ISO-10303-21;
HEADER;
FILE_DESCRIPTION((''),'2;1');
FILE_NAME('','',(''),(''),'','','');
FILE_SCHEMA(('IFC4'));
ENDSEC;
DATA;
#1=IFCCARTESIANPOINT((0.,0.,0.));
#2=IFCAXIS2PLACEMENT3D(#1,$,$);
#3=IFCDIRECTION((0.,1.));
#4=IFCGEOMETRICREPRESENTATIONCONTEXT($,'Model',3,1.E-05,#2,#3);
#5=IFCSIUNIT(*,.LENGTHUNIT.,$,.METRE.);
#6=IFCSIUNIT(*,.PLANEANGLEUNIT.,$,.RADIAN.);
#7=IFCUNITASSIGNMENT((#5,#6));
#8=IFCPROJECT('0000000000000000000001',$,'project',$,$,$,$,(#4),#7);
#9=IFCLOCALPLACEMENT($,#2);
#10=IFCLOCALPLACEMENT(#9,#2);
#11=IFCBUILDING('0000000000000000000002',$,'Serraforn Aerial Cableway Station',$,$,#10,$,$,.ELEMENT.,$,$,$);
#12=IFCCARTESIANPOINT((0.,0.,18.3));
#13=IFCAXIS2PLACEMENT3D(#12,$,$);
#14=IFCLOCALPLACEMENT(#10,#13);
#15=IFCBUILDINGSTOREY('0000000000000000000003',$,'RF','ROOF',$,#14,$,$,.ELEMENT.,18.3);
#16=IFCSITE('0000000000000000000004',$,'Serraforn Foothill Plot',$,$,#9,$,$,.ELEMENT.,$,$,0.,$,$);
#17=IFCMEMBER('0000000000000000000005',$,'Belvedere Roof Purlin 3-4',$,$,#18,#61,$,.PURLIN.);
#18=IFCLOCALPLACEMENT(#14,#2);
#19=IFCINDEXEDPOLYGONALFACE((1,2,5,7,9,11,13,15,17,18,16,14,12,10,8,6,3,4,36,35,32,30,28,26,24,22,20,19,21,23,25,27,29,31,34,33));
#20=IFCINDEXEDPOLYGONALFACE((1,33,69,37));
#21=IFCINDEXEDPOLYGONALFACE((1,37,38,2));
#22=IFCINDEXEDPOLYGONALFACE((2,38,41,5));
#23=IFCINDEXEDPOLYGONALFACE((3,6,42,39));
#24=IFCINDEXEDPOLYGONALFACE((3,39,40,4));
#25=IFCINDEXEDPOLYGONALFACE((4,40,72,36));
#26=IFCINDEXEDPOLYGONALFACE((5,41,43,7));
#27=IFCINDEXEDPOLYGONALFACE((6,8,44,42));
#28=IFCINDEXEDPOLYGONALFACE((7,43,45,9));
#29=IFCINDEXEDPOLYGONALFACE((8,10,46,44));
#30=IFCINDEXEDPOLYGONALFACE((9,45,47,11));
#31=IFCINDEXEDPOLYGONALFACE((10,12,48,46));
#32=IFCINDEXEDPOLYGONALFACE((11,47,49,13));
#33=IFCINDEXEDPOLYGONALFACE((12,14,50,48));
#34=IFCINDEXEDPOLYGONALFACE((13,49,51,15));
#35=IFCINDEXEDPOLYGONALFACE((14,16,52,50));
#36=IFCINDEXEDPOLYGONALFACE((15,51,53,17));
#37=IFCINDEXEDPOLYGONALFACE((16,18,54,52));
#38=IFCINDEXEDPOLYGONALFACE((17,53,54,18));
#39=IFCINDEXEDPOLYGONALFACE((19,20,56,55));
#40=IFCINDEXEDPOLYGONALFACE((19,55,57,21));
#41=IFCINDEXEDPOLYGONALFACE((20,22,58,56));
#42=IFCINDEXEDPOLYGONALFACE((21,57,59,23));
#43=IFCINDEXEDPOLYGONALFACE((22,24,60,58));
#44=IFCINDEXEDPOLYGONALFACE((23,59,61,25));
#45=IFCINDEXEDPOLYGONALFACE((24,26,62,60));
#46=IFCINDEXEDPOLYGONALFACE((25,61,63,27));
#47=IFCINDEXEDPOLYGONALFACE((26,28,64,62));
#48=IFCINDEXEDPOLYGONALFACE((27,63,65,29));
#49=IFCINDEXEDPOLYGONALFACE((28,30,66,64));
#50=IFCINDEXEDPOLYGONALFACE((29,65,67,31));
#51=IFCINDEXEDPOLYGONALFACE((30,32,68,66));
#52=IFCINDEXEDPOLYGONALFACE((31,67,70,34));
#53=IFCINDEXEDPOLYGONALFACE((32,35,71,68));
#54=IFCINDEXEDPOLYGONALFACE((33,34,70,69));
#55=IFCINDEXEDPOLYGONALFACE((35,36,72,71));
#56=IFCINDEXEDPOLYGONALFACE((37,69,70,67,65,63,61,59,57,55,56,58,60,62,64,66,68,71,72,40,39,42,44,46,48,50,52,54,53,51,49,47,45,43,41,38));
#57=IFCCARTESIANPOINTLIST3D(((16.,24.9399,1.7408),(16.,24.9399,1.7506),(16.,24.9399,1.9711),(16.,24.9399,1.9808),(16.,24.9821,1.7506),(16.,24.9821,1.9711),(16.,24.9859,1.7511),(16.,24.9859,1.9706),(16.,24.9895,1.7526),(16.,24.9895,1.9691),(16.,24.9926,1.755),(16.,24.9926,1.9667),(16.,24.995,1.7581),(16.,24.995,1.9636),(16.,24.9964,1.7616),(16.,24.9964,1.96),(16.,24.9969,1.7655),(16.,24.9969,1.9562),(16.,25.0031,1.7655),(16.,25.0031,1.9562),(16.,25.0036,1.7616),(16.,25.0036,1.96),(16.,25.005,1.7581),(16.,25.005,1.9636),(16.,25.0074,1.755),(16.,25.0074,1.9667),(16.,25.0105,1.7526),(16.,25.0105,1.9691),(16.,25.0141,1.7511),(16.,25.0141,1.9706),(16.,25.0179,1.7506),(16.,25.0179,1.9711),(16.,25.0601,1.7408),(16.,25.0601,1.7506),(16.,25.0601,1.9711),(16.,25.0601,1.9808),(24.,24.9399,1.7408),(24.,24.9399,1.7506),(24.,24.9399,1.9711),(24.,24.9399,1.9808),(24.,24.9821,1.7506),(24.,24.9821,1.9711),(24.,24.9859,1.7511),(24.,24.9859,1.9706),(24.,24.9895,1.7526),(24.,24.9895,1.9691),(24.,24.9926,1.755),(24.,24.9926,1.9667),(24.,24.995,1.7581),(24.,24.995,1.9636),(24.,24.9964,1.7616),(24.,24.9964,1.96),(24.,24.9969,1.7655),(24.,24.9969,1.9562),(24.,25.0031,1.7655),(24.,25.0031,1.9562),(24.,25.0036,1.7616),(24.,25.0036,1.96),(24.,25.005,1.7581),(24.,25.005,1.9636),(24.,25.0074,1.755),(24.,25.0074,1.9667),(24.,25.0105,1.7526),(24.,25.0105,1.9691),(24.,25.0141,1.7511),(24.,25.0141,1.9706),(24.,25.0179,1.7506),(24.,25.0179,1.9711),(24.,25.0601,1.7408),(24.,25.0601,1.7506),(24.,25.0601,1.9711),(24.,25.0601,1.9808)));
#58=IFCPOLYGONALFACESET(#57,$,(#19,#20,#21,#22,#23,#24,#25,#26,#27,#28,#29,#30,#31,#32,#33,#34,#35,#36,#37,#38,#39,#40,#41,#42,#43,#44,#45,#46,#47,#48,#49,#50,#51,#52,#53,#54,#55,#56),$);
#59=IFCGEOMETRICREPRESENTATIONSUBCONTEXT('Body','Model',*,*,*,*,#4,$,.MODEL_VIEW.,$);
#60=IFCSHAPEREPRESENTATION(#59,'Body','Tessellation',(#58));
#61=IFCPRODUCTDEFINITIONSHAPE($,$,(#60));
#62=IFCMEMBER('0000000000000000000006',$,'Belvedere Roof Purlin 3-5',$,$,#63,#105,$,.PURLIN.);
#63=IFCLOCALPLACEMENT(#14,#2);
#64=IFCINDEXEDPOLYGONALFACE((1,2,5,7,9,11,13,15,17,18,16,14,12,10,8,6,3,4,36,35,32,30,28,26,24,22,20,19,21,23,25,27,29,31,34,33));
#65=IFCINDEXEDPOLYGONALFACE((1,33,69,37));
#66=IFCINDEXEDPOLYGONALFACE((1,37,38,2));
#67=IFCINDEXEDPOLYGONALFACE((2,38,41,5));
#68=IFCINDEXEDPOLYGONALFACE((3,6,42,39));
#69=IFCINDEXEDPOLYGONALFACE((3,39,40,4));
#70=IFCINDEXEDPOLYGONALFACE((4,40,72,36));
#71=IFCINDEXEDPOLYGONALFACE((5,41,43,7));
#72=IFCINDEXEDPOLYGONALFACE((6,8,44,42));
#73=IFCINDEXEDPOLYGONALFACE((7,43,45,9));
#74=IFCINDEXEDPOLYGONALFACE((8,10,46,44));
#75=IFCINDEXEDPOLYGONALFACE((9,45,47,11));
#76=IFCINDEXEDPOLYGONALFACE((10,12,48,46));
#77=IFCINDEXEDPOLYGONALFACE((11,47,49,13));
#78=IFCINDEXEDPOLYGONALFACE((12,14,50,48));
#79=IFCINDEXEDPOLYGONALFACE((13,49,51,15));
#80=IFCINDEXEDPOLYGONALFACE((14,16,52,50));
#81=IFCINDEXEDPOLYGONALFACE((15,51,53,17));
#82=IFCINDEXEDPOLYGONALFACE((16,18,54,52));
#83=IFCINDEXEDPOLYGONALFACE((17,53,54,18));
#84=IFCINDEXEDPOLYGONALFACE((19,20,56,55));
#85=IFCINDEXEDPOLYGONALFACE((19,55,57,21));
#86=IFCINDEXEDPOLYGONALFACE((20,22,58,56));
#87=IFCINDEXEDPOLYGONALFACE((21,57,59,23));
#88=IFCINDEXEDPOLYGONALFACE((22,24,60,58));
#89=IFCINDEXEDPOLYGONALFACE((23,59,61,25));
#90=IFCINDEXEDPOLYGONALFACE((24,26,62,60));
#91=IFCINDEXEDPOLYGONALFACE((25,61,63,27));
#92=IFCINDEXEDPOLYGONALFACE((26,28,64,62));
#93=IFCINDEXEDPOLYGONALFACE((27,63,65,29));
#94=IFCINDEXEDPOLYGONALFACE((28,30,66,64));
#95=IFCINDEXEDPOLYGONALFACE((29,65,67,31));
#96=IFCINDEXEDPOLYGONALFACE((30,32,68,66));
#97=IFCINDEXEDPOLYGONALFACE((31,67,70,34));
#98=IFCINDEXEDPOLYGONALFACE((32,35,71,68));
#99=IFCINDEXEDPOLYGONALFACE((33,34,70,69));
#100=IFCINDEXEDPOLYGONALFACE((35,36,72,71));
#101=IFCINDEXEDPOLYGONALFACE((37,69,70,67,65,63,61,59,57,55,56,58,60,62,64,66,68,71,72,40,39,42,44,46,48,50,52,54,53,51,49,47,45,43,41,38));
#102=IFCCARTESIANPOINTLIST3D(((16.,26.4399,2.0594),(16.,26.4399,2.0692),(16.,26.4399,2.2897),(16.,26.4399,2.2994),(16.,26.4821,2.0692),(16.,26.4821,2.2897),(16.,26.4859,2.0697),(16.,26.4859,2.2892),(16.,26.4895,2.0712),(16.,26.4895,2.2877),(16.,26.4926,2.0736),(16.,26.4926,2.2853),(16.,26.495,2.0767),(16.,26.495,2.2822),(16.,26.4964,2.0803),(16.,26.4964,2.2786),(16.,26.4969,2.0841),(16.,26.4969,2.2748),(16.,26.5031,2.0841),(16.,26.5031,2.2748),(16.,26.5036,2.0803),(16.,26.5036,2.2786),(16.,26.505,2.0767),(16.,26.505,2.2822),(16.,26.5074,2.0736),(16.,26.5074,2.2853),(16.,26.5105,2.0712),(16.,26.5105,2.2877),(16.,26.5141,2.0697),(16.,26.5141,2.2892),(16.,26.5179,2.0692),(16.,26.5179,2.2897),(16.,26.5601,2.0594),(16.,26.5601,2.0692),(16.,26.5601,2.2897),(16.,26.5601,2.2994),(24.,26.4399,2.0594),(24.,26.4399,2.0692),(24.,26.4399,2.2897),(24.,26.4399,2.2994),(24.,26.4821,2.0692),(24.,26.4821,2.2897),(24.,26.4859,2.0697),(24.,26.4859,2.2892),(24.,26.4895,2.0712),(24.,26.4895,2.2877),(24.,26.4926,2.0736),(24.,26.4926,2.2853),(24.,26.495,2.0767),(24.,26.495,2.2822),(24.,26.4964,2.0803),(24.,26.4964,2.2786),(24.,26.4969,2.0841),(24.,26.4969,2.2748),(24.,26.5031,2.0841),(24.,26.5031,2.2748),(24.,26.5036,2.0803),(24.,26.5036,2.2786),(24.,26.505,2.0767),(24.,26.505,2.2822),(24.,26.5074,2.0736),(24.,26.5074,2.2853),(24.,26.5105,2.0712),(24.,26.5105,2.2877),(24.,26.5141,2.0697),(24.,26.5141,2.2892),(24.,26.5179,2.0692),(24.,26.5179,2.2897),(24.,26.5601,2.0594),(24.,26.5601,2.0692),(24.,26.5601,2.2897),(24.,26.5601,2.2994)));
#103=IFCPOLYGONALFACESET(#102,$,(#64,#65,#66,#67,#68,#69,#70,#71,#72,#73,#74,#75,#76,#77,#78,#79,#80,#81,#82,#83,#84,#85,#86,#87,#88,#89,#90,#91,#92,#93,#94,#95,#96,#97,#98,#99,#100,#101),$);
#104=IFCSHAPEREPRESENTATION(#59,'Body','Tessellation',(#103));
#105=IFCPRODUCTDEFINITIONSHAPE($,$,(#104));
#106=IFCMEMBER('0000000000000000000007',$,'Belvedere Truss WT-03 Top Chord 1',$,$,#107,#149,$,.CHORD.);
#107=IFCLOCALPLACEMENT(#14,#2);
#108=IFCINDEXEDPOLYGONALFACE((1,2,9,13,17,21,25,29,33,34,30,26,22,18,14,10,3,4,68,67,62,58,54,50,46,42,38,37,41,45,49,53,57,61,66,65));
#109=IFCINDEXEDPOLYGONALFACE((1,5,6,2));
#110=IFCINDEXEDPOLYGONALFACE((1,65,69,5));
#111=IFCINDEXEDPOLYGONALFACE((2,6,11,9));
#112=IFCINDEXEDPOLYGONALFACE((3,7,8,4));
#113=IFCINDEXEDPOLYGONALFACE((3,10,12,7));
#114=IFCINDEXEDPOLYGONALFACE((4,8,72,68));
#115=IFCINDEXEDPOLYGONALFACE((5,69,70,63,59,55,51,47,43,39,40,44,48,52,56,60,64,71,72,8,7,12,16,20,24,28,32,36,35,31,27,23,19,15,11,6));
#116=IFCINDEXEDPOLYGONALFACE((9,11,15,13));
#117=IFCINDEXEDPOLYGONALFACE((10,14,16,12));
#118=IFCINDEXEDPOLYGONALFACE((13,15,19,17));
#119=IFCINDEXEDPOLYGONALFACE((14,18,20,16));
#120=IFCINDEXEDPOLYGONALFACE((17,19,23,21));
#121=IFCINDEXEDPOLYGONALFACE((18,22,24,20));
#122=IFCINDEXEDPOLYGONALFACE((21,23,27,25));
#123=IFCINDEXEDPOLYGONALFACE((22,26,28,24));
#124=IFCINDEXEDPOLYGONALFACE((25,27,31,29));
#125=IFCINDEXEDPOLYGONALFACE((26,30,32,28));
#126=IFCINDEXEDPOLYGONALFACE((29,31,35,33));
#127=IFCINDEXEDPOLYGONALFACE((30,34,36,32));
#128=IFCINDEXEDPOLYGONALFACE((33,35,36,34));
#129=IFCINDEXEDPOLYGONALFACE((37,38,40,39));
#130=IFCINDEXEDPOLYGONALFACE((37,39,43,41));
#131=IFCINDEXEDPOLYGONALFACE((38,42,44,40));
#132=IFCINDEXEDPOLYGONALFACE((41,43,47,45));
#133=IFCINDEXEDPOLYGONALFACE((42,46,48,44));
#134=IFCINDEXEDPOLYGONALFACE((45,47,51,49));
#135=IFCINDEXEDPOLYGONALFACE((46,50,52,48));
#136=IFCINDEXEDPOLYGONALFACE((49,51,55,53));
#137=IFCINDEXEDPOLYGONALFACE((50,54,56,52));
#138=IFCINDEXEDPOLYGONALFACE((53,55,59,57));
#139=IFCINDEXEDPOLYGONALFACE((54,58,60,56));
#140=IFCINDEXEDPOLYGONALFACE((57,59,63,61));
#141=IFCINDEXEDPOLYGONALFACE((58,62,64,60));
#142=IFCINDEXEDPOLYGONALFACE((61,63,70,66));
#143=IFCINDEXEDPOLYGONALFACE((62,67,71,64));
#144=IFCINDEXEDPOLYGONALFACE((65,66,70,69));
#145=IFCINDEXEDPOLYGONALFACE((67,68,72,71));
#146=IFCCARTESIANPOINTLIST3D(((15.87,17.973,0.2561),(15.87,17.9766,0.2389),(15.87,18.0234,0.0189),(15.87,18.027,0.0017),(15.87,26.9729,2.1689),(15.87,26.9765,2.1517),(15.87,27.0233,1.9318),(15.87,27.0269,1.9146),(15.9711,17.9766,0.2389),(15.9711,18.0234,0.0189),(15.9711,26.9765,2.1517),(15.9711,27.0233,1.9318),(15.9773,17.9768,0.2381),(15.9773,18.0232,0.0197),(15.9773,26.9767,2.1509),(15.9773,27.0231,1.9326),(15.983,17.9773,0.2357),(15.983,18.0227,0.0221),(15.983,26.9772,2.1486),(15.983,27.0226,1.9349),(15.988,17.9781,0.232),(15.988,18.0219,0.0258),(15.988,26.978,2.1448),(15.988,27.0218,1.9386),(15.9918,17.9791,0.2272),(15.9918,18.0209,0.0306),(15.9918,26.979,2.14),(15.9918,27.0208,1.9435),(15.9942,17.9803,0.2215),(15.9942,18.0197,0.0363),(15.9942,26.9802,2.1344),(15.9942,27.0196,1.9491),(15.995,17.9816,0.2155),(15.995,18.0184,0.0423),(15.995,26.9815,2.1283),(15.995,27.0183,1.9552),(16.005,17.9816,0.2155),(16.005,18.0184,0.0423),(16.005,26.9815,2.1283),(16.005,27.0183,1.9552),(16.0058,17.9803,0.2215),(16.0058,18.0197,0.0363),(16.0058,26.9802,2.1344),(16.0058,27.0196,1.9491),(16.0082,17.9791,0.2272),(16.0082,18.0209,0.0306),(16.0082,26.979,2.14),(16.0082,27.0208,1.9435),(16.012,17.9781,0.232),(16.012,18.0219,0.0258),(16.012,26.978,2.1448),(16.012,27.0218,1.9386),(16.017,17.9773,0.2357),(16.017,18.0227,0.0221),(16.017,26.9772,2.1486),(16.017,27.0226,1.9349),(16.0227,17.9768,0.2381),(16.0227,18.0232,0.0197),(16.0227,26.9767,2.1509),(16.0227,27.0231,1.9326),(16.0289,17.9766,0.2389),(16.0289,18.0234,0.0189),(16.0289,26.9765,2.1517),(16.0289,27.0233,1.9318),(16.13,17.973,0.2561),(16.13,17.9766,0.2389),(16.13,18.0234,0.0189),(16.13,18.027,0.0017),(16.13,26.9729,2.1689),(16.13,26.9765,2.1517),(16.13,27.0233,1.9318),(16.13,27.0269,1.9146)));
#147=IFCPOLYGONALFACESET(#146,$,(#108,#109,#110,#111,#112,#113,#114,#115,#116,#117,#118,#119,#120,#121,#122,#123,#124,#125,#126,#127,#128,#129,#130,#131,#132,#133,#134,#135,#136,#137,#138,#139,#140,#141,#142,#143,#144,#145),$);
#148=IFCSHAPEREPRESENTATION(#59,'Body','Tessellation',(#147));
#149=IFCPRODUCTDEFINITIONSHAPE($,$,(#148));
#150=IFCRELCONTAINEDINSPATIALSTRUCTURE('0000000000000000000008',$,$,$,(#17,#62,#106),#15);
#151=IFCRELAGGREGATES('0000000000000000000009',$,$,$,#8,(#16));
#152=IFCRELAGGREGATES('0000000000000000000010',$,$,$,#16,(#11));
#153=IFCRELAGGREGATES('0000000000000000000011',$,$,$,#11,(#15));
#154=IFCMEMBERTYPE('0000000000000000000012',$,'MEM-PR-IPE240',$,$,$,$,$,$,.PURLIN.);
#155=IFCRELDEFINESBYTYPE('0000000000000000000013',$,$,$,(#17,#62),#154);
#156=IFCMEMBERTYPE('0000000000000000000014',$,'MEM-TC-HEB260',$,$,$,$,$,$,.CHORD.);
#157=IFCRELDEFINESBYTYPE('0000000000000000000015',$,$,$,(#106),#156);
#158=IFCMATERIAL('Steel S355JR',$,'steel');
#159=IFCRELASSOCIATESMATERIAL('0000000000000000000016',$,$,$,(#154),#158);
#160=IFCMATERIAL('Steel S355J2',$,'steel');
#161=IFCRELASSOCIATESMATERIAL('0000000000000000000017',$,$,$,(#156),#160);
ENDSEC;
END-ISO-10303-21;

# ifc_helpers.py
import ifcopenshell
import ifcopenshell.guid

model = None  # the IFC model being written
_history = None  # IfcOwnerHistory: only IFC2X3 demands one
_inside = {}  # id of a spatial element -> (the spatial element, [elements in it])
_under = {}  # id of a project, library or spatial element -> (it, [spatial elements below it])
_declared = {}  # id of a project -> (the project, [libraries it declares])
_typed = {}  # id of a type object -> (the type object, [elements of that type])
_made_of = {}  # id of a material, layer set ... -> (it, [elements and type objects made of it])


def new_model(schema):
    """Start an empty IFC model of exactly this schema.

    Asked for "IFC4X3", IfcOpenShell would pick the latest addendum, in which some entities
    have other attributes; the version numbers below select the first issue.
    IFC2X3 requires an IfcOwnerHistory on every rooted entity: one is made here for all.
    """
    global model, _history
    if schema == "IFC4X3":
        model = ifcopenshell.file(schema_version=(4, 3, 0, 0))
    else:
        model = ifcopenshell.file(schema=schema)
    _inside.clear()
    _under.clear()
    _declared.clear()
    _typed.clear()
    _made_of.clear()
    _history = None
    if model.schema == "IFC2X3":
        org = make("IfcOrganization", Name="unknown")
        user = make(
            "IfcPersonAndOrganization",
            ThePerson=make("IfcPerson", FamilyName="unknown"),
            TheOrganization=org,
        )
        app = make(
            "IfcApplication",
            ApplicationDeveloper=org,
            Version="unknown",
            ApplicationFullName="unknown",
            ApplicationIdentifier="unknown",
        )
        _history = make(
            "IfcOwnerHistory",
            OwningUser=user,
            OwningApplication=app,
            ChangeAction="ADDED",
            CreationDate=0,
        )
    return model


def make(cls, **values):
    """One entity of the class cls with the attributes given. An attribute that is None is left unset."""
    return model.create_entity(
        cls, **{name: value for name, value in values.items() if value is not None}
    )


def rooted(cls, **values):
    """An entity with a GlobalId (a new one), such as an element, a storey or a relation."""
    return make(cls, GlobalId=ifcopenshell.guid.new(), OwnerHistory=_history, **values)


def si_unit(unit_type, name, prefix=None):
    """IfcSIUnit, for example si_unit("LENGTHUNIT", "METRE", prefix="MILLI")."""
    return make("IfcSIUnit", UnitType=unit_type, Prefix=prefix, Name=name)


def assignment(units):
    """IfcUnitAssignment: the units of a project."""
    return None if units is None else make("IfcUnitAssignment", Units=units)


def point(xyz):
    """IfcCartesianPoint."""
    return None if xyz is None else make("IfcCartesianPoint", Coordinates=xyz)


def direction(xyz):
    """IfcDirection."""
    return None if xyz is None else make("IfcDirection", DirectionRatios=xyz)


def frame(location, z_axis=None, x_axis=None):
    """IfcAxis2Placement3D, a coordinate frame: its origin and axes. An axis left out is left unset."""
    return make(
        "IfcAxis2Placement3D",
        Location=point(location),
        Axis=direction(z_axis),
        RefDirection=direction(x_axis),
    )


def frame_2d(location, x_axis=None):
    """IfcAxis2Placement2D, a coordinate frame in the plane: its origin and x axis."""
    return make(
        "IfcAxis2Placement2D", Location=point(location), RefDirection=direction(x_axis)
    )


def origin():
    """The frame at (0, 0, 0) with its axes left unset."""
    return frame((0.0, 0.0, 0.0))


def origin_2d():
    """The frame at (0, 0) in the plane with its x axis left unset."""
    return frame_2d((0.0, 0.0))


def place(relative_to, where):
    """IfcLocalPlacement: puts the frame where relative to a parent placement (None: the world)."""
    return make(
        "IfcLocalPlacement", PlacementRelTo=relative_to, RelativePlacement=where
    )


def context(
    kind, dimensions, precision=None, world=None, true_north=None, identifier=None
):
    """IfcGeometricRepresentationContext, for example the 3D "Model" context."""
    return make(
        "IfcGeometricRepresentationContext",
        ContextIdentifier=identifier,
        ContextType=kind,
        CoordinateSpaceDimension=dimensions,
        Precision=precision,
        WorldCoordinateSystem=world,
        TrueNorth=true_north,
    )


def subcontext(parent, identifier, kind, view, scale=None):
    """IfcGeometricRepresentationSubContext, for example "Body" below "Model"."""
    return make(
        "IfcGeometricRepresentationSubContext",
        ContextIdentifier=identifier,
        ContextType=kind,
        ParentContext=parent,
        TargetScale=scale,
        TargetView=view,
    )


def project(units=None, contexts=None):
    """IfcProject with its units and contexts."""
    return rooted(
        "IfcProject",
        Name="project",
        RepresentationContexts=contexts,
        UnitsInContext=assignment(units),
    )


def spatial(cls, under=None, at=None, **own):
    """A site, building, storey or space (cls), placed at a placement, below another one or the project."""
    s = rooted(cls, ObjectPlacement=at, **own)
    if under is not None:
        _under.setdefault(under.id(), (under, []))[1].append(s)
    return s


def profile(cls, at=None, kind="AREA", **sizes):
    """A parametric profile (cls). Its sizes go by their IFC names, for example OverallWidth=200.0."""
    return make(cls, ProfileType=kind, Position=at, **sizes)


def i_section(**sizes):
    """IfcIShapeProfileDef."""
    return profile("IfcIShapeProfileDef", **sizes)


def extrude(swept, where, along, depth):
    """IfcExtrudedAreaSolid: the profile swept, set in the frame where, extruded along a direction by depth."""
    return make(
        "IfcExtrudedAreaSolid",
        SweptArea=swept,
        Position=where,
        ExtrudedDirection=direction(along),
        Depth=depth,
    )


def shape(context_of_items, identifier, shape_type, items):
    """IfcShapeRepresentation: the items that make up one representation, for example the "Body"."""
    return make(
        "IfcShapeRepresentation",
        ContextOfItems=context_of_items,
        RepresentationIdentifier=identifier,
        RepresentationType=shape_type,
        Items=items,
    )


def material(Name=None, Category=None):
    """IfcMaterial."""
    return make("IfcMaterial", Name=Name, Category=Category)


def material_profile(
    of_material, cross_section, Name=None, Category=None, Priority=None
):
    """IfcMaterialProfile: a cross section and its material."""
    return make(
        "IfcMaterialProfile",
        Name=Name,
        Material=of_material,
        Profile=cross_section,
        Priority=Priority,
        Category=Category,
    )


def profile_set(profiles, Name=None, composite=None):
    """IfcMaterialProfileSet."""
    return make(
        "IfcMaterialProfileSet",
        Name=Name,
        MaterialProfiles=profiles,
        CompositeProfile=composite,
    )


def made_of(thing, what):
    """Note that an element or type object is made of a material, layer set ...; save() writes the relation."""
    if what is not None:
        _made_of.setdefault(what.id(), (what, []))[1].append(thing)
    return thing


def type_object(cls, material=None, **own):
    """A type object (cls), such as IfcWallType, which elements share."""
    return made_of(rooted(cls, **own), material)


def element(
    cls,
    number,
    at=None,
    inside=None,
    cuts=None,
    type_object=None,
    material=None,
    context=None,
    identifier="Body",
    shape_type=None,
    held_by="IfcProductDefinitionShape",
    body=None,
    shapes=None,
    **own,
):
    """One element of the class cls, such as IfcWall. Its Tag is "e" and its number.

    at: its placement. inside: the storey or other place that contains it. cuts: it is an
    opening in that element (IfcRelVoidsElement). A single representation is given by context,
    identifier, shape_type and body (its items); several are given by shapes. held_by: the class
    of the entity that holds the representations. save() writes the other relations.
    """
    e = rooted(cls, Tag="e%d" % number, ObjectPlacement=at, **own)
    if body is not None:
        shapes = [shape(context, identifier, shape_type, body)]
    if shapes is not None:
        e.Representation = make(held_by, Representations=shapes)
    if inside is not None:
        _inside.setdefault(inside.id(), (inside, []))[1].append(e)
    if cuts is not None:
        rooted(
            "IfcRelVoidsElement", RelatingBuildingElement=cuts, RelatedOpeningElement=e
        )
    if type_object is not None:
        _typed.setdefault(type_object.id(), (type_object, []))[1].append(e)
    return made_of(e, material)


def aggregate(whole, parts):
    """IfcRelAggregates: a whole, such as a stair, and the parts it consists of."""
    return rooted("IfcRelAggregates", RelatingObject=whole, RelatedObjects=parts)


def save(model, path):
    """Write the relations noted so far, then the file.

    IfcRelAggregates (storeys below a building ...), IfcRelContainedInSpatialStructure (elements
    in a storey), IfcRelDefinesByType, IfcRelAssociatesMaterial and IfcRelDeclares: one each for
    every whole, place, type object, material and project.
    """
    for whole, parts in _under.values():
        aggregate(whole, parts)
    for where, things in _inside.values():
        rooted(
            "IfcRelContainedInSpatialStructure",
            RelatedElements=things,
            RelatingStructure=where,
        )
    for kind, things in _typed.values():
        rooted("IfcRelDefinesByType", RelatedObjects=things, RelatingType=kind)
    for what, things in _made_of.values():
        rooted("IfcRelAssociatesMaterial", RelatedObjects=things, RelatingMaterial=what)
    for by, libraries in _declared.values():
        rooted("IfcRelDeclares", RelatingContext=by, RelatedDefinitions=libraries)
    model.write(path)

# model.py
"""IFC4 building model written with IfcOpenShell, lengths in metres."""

from ifc_helpers import new_model, si_unit, direction, frame, origin, origin_2d, place, context, subcontext, project, spatial, i_section, extrude, material, material_profile, profile_set, type_object, element, save


model = new_model("IFC4")

# Units and contexts
model_context = context("Model", 3, precision=1e-05, world=origin(), true_north=direction((0.0, 1.0)))
body_context = subcontext(model_context, "Body", "Model", "MODEL_VIEW")
ifc_project = project(units=[si_unit("LENGTHUNIT", "METRE"), si_unit("PLANEANGLEUNIT", "RADIAN")], contexts=[model_context])

# Site, building, storey
site_placement = place(None, origin())
site = spatial("IfcSite", under=ifc_project, at=site_placement, Name="Serraforn Foothill Plot", CompositionType="ELEMENT", RefElevation=0.0)
building_placement = place(site_placement, origin())
building = spatial("IfcBuilding", under=site, at=building_placement, Name="Serraforn Aerial Cableway Station", CompositionType="ELEMENT")
storey_placement = place(building_placement, frame((0.0, 0.0, 18.3)))
storey = spatial("IfcBuildingStorey", under=building, at=storey_placement, Name="RF", Description="ROOF", CompositionType="ELEMENT", Elevation=18.3)

# Shared definitions
ifc_material_1 = material(Name="Steel S355JR", Category="steel")

# Members
ifc_material_2 = material(Name="Steel S355J2", Category="steel")
ifc_material_profile_1 = material_profile(ifc_material_1, i_section(OverallWidth=0.1201, OverallDepth=0.24, WebThickness=0.0061, FlangeThickness=0.0098, FilletRadius=0.0149, at=origin_2d()), Name="IPE 240")
ifc_profile_set_1 = profile_set([ifc_material_profile_1], Name="Steel S355JR")
member_type_1 = type_object("IfcMemberType", Name="MEM-PR-IPE240", PredefinedType="PURLIN", material=ifc_profile_set_1)
for number, where, z_axis, x_axis, name in (
    (1, (16.0, 25.0, 1.8608), (1.0, 0.0, 0.0), (0.0, 1.0, 0.0), "Belvedere Roof Purlin 3-4"),
    (2, (16.0, 26.5, 2.1794), (1.0, 0.0, 0.0), (0.0, 1.0, 0.0), "Belvedere Roof Purlin 3-5"),
):
    element("IfcMember", number, at=place(storey_placement, frame(where, z_axis=z_axis, x_axis=x_axis)), inside=storey, type_object=member_type_1, Name=name, PredefinedType="PURLIN", context=body_context, shape_type="SweptSolid", body=[
        extrude(i_section(OverallWidth=0.1201, OverallDepth=0.24, WebThickness=0.0061, FlangeThickness=0.0098, FilletRadius=0.0149, at=origin_2d()), origin(), (0.0, 0.0, 1.0), 8.0),
    ])
ifc_material_profile_2 = material_profile(ifc_material_2, i_section(OverallWidth=0.26, OverallDepth=0.26, WebThickness=0.01, FlangeThickness=0.0176, FilletRadius=0.0239, at=origin_2d()), Name="HEB 260")
ifc_profile_set_2 = profile_set([ifc_material_profile_2], Name="Steel S355J2")
member_type_2 = type_object("IfcMemberType", Name="MEM-TC-HEB260", PredefinedType="CHORD", material=ifc_profile_set_2)
member_1_placement = place(storey_placement, frame((16.0, 18.0, 0.1289), z_axis=(0.0, 0.978151, 0.207894), x_axis=(-1.0, 0.0, 0.0)))
element("IfcMember", 3, at=member_1_placement, inside=storey, type_object=member_type_2, Name="Belvedere Truss WT-03 Top Chord 1", PredefinedType="CHORD", context=body_context, shape_type="SweptSolid", body=[
    extrude(i_section(OverallWidth=0.26, OverallDepth=0.26, WebThickness=0.01, FlangeThickness=0.0176, FilletRadius=0.0239, at=origin_2d()), origin(), (0.0, 0.0, 1.0), 9.2009),
])

save(model, "model.ifc")
